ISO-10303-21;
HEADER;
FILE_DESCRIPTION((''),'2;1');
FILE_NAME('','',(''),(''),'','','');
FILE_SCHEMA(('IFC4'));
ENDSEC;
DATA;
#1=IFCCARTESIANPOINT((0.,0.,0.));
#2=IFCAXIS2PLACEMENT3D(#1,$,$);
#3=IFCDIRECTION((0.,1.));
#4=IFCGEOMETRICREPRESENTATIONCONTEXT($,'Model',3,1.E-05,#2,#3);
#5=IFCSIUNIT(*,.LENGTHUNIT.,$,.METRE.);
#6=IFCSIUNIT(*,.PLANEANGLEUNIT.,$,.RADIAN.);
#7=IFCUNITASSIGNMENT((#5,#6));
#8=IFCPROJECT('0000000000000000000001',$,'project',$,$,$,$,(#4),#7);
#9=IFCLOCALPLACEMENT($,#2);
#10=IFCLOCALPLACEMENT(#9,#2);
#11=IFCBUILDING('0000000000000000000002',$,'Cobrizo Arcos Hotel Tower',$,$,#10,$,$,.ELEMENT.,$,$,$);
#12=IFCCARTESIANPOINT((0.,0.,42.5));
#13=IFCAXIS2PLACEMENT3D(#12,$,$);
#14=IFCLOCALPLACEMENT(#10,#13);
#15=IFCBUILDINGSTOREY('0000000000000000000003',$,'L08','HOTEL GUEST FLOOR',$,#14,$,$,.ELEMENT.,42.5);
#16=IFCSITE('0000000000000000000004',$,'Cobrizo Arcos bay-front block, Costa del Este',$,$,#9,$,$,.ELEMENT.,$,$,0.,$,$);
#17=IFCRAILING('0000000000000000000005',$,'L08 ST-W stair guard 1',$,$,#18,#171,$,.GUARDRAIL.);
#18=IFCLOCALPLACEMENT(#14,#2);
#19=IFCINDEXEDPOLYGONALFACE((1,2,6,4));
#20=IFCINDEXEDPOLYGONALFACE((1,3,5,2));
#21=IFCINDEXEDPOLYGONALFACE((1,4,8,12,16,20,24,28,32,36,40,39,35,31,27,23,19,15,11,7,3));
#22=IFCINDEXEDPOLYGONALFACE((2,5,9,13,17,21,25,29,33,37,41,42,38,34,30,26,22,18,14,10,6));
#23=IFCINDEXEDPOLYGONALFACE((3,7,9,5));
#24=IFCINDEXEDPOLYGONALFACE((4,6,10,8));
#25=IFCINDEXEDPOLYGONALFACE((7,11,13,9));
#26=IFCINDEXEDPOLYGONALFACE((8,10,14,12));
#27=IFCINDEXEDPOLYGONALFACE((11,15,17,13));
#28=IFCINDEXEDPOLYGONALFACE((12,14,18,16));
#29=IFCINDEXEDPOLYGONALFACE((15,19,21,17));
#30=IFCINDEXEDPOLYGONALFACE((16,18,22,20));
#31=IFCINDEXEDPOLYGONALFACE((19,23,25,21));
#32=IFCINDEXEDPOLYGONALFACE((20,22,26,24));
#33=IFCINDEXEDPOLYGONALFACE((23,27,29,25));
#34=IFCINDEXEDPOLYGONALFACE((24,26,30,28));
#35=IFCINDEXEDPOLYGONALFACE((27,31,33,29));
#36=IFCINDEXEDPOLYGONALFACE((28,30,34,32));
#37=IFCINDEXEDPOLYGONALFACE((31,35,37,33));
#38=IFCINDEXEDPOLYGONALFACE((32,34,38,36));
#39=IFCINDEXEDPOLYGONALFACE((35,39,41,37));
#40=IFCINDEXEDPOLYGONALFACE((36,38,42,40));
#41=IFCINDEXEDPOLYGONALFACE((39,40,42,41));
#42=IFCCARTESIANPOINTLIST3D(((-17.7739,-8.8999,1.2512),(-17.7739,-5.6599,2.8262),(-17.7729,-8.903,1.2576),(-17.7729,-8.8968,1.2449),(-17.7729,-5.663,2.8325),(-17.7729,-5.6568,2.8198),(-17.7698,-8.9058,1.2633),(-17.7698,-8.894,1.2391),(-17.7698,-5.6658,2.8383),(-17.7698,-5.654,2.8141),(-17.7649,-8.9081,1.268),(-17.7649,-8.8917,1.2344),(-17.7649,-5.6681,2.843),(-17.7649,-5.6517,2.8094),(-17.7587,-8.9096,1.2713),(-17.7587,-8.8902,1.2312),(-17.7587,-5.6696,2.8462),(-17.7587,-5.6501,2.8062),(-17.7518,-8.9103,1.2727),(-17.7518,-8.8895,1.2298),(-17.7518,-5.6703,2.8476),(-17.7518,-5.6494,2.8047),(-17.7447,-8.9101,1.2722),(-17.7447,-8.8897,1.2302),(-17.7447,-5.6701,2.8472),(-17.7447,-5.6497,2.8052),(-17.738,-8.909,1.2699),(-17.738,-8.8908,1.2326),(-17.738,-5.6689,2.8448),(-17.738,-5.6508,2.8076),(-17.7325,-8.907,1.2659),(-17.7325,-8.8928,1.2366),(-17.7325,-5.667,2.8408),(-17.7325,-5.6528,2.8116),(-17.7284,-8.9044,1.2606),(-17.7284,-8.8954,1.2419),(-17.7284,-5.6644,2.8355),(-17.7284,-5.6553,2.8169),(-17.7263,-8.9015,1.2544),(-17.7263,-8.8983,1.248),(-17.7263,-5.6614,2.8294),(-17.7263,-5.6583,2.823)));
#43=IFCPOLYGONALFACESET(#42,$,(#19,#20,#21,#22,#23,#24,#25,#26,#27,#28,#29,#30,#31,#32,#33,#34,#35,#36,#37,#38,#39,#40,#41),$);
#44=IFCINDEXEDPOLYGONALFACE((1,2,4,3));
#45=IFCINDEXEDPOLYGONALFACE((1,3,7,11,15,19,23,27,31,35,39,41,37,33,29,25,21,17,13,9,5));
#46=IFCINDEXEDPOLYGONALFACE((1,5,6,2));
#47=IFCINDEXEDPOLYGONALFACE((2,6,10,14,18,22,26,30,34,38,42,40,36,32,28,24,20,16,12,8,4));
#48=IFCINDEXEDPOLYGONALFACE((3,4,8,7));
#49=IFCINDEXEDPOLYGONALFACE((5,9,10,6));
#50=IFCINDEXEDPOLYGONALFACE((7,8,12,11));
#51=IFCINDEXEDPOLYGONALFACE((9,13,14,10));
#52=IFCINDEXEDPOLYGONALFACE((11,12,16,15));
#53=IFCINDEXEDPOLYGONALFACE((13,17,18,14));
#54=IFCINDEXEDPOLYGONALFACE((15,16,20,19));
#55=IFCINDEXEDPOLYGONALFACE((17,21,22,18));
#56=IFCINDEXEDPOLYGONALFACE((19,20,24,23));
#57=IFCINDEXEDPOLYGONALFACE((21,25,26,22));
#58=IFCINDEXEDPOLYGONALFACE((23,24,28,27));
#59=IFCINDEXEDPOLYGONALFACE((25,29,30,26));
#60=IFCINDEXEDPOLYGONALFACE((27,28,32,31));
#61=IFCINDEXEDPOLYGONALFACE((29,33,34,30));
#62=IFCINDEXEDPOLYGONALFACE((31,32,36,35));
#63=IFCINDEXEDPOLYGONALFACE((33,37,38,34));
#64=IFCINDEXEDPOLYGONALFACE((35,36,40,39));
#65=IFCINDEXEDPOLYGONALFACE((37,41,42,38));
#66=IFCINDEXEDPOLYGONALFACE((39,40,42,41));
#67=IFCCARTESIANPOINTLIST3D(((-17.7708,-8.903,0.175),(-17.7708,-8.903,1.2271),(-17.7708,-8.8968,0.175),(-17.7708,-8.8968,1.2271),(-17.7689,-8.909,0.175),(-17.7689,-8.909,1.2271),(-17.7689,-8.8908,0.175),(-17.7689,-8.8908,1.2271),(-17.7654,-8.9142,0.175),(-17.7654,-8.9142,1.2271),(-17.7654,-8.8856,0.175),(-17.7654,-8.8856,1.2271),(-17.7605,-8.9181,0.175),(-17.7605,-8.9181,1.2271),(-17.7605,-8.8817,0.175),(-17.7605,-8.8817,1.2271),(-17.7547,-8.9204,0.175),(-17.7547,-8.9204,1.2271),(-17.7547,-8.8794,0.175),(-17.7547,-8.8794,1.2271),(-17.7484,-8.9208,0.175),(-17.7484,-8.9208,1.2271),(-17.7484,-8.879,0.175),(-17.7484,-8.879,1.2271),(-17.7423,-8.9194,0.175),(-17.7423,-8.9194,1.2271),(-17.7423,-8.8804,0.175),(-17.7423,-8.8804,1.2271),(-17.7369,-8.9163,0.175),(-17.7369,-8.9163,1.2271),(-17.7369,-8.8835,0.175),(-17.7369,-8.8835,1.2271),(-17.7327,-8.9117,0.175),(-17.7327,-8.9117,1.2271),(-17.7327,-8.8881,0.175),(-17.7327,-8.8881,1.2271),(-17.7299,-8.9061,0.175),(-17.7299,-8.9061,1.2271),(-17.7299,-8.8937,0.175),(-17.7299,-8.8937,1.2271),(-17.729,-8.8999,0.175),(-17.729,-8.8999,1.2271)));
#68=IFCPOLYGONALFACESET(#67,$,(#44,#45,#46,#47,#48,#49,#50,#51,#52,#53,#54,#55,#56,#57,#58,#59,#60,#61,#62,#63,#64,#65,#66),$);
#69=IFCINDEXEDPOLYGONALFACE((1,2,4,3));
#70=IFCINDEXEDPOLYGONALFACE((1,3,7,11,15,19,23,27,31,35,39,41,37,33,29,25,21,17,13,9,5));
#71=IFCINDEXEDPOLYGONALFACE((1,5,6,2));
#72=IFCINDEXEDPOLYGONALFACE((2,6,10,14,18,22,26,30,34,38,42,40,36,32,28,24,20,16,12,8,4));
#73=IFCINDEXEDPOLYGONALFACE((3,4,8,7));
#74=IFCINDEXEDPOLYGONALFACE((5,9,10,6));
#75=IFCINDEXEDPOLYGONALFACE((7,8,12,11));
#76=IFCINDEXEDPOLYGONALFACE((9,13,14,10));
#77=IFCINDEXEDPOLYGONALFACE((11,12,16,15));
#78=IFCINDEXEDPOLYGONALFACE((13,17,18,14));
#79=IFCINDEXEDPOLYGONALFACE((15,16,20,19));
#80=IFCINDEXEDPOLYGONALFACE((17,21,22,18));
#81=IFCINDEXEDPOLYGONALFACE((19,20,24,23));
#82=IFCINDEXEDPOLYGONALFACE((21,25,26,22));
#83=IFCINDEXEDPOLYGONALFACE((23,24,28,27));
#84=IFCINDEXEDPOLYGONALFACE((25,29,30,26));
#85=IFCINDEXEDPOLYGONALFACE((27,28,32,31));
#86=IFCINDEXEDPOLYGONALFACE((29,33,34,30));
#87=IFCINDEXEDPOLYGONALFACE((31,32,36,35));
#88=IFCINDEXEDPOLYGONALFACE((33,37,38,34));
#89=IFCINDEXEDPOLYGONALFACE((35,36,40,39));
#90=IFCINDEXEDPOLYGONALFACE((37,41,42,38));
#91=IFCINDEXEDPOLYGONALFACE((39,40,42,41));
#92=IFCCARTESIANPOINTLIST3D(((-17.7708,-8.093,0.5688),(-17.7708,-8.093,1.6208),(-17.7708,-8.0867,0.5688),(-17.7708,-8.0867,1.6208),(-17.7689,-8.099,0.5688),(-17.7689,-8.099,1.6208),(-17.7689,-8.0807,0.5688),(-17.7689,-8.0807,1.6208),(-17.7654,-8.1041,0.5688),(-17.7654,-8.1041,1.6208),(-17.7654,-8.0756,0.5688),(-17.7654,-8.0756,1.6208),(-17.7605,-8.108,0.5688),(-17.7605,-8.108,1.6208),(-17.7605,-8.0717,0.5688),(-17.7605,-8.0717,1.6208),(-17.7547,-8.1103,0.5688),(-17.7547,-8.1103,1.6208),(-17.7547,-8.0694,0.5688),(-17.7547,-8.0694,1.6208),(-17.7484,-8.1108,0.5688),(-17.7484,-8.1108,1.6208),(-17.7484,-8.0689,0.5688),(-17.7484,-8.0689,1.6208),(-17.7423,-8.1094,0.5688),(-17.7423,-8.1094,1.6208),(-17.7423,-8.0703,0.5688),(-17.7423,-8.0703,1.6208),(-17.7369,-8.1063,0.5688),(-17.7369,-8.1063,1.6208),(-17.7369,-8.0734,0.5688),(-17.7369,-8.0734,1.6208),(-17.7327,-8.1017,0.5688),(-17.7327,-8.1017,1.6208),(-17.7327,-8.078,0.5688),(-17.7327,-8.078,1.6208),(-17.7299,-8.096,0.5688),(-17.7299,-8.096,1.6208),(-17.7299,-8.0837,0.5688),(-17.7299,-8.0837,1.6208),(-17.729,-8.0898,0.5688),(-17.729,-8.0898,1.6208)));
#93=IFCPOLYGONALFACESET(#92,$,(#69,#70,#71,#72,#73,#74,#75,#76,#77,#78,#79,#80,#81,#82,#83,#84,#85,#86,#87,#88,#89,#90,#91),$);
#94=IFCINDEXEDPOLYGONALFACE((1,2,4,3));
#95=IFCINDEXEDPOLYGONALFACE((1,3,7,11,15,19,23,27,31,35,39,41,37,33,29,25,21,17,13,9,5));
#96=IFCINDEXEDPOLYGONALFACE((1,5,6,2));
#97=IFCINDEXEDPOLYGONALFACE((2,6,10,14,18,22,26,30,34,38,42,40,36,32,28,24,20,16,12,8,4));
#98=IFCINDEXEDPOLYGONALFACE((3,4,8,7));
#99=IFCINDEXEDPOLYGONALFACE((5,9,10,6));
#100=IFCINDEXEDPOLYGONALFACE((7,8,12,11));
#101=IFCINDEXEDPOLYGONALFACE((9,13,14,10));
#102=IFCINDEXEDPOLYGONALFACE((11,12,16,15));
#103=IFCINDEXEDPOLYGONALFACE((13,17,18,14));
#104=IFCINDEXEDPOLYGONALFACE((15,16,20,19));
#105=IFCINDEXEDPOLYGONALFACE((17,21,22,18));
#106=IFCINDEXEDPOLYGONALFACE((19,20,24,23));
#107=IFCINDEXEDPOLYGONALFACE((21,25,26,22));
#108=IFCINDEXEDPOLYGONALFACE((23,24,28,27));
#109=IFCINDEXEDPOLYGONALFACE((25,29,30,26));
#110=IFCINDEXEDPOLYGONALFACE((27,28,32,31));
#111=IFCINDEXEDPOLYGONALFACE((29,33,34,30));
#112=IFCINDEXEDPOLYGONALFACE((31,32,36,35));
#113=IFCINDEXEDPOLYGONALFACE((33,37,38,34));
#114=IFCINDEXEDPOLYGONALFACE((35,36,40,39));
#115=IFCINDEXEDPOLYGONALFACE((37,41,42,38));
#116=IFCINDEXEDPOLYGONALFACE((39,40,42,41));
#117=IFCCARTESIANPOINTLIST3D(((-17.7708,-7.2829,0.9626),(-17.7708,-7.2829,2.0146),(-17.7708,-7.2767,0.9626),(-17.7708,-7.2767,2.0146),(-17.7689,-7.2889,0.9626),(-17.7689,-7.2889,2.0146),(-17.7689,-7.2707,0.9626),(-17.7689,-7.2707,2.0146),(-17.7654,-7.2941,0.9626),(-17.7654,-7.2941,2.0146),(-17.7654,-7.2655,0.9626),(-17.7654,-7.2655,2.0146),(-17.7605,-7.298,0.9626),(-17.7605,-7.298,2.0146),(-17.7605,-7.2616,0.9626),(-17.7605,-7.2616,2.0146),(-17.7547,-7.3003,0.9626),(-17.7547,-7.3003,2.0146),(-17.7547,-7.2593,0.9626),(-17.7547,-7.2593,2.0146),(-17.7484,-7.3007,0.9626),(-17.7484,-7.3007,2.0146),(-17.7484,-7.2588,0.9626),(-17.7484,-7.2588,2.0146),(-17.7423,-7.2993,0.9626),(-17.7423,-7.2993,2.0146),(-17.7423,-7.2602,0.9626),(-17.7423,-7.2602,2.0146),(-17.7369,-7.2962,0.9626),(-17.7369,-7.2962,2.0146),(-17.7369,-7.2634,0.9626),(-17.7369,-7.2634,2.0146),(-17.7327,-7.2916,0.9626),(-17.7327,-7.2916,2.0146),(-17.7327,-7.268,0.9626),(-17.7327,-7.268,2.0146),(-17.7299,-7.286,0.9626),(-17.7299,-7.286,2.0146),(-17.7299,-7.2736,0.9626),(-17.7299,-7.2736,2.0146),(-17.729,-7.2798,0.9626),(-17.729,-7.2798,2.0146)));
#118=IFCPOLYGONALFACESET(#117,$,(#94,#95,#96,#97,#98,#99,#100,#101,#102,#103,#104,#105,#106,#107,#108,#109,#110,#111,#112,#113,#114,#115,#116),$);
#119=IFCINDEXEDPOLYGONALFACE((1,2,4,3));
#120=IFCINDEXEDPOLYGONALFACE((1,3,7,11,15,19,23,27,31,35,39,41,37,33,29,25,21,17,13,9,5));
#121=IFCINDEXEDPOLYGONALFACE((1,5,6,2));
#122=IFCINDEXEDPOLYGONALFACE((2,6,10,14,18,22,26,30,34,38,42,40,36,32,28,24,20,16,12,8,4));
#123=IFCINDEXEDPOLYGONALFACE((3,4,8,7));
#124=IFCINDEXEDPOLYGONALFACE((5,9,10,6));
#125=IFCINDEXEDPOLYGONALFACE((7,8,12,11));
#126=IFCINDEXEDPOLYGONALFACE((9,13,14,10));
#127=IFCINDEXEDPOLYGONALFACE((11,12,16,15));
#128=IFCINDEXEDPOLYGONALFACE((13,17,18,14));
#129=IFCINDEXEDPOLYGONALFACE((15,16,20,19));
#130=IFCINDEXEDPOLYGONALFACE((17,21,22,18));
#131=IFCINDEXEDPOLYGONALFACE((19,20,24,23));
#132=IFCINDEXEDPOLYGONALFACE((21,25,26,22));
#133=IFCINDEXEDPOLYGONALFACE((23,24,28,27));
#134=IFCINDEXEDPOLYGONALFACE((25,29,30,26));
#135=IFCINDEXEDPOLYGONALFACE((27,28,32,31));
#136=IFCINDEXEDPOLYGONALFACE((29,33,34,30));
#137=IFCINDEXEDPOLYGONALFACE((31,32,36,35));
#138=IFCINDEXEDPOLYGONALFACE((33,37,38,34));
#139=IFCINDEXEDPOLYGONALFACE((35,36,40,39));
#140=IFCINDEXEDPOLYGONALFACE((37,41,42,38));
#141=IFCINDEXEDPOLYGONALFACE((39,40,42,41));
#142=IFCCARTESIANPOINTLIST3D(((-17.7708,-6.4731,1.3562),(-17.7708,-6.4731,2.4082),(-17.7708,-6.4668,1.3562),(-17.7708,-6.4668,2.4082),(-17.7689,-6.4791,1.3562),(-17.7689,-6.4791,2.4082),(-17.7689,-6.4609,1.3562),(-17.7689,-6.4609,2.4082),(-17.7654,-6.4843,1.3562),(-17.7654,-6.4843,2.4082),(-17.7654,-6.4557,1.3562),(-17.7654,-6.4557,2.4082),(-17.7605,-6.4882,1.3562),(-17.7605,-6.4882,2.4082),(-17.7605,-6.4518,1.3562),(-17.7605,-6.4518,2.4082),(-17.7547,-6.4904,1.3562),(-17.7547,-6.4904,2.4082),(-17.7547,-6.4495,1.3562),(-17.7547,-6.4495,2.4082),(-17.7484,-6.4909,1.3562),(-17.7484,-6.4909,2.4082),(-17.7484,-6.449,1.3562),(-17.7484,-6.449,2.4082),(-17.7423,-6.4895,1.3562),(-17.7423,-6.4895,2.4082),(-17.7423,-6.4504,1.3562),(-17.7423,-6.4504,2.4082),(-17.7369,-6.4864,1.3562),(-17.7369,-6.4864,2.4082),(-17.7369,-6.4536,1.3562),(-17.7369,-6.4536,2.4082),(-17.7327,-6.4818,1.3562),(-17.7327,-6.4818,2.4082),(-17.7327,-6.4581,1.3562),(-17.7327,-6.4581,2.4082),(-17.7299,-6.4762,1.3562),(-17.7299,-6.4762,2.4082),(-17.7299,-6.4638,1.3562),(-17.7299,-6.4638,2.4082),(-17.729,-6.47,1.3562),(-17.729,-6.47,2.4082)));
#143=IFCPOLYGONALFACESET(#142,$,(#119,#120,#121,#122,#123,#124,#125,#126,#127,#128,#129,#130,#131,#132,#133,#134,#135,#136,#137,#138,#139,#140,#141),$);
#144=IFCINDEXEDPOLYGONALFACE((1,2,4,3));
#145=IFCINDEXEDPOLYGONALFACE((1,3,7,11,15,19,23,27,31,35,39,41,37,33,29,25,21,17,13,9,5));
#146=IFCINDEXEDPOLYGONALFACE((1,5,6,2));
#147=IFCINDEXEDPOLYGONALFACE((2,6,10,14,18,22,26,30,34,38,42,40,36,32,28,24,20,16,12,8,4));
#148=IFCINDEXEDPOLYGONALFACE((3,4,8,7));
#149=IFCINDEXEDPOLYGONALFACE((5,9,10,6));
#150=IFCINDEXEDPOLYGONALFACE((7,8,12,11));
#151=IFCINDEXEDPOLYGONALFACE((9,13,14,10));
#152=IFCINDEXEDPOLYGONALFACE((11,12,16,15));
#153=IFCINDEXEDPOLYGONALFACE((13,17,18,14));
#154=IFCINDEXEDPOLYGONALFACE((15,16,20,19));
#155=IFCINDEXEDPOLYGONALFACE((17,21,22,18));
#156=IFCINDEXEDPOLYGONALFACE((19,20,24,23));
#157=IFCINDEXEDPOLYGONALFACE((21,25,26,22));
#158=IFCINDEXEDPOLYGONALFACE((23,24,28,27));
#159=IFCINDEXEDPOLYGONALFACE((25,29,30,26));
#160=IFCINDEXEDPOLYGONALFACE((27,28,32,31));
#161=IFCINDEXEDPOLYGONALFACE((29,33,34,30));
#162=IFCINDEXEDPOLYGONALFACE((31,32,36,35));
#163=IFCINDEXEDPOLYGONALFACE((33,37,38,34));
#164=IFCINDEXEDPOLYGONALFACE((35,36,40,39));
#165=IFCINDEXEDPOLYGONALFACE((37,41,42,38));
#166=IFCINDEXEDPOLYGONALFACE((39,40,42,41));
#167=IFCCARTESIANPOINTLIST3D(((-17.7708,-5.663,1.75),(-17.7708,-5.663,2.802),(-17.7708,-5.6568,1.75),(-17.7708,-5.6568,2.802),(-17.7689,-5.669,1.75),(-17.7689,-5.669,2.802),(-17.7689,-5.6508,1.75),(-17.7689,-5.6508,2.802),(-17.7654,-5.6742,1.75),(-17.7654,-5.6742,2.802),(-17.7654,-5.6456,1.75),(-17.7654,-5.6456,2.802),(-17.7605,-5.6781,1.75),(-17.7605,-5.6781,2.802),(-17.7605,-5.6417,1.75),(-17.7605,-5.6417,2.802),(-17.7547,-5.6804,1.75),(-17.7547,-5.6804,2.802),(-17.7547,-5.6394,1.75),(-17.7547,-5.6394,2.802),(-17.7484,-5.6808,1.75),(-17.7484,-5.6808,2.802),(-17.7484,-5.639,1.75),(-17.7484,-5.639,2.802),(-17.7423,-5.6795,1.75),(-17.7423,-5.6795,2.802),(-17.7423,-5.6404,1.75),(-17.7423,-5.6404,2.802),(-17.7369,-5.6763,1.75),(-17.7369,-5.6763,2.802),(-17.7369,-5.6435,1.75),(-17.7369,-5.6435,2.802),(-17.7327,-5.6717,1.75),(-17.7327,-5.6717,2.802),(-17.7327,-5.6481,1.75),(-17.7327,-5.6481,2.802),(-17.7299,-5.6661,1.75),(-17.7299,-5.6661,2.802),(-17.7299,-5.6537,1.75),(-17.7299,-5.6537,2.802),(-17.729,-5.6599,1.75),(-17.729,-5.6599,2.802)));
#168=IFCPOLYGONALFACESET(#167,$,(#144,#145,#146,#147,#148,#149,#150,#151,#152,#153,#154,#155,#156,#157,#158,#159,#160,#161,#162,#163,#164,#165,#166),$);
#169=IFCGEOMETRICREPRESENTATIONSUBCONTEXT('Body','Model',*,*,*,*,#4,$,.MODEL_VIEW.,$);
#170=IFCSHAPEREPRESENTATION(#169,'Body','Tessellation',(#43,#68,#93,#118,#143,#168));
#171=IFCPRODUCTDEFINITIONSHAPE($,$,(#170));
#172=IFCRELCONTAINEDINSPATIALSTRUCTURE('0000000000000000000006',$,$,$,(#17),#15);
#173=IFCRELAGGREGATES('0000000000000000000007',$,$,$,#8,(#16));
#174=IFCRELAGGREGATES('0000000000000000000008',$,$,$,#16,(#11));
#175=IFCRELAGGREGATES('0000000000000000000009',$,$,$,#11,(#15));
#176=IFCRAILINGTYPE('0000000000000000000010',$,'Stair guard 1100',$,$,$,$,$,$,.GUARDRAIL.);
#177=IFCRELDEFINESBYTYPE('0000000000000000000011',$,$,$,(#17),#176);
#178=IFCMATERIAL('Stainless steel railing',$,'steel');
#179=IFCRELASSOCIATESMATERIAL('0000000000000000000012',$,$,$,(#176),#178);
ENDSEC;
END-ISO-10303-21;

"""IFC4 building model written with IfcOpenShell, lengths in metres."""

from ifc_helpers import new_model, si_unit, direction, frame, origin, origin_2d, place, context, subcontext, project, spatial, circle, extrude, material, type_object, element, save


model = new_model("IFC4")

# Units and contexts
model_context = context("Model", 3, precision=1e-05, world=origin(), true_north=direction((0.0, 1.0)))
body_context = subcontext(model_context, "Body", "Model", "MODEL_VIEW")
ifc_project = project(units=[si_unit("LENGTHUNIT", "METRE"), si_unit("PLANEANGLEUNIT", "RADIAN")], contexts=[model_context])

# Site, building, storey
site_placement = place(None, origin())
site = spatial("IfcSite", under=ifc_project, at=site_placement, Name="Cobrizo Arcos bay-front block, Costa del Este", CompositionType="ELEMENT", RefElevation=0.0)
building_placement = place(site_placement, origin())
building = spatial("IfcBuilding", under=site, at=building_placement, Name="Cobrizo Arcos Hotel Tower", CompositionType="ELEMENT")
storey_placement = place(building_placement, frame((0.0, 0.0, 42.5)))
storey = spatial("IfcBuildingStorey", under=building, at=storey_placement, Name="L08", Description="HOTEL GUEST FLOOR", CompositionType="ELEMENT", Elevation=42.5)

# Railing
ifc_material_1 = material(Name="Stainless steel railing", Category="steel")
railing_type_1 = type_object("IfcRailingType", Name="Stair guard 1100", PredefinedType="GUARDRAIL", material=ifc_material_1)
railing_1_placement = place(storey_placement, frame((-17.75, -8.8999, 0.175)))
element("IfcRailing", 1, at=railing_1_placement, inside=storey, type_object=railing_type_1, Name="L08 ST-W stair guard 1", PredefinedType="GUARDRAIL", context=body_context, shape_type="SweptSolid", body=[
    extrude(circle(Radius=0.0239, at=origin_2d()), frame((0.0, 0.0, 1.0762), z_axis=(0.0, 0.899373, 0.437183), x_axis=(-1.0, 0.0, 0.0)), (0.0, 0.0, 1.0), 3.6025),
    extrude(circle(Radius=0.021, at=origin_2d()), origin(), (0.0, 0.0, 1.0), 1.052),
    extrude(circle(Radius=0.021, at=origin_2d()), frame((0.0, 0.8101, 0.3938)), (0.0, 0.0, 1.0), 1.052),
    extrude(circle(Radius=0.021, at=origin_2d()), frame((0.0, 1.6201, 0.7876)), (0.0, 0.0, 1.0), 1.052),
    extrude(circle(Radius=0.021, at=origin_2d()), frame((0.0, 2.4299, 1.1812)), (0.0, 0.0, 1.0), 1.052),
    extrude(circle(Radius=0.021, at=origin_2d()), frame((0.0, 3.24, 1.575)), (0.0, 0.0, 1.0), 1.052),
])

save(model, "model.ifc")
